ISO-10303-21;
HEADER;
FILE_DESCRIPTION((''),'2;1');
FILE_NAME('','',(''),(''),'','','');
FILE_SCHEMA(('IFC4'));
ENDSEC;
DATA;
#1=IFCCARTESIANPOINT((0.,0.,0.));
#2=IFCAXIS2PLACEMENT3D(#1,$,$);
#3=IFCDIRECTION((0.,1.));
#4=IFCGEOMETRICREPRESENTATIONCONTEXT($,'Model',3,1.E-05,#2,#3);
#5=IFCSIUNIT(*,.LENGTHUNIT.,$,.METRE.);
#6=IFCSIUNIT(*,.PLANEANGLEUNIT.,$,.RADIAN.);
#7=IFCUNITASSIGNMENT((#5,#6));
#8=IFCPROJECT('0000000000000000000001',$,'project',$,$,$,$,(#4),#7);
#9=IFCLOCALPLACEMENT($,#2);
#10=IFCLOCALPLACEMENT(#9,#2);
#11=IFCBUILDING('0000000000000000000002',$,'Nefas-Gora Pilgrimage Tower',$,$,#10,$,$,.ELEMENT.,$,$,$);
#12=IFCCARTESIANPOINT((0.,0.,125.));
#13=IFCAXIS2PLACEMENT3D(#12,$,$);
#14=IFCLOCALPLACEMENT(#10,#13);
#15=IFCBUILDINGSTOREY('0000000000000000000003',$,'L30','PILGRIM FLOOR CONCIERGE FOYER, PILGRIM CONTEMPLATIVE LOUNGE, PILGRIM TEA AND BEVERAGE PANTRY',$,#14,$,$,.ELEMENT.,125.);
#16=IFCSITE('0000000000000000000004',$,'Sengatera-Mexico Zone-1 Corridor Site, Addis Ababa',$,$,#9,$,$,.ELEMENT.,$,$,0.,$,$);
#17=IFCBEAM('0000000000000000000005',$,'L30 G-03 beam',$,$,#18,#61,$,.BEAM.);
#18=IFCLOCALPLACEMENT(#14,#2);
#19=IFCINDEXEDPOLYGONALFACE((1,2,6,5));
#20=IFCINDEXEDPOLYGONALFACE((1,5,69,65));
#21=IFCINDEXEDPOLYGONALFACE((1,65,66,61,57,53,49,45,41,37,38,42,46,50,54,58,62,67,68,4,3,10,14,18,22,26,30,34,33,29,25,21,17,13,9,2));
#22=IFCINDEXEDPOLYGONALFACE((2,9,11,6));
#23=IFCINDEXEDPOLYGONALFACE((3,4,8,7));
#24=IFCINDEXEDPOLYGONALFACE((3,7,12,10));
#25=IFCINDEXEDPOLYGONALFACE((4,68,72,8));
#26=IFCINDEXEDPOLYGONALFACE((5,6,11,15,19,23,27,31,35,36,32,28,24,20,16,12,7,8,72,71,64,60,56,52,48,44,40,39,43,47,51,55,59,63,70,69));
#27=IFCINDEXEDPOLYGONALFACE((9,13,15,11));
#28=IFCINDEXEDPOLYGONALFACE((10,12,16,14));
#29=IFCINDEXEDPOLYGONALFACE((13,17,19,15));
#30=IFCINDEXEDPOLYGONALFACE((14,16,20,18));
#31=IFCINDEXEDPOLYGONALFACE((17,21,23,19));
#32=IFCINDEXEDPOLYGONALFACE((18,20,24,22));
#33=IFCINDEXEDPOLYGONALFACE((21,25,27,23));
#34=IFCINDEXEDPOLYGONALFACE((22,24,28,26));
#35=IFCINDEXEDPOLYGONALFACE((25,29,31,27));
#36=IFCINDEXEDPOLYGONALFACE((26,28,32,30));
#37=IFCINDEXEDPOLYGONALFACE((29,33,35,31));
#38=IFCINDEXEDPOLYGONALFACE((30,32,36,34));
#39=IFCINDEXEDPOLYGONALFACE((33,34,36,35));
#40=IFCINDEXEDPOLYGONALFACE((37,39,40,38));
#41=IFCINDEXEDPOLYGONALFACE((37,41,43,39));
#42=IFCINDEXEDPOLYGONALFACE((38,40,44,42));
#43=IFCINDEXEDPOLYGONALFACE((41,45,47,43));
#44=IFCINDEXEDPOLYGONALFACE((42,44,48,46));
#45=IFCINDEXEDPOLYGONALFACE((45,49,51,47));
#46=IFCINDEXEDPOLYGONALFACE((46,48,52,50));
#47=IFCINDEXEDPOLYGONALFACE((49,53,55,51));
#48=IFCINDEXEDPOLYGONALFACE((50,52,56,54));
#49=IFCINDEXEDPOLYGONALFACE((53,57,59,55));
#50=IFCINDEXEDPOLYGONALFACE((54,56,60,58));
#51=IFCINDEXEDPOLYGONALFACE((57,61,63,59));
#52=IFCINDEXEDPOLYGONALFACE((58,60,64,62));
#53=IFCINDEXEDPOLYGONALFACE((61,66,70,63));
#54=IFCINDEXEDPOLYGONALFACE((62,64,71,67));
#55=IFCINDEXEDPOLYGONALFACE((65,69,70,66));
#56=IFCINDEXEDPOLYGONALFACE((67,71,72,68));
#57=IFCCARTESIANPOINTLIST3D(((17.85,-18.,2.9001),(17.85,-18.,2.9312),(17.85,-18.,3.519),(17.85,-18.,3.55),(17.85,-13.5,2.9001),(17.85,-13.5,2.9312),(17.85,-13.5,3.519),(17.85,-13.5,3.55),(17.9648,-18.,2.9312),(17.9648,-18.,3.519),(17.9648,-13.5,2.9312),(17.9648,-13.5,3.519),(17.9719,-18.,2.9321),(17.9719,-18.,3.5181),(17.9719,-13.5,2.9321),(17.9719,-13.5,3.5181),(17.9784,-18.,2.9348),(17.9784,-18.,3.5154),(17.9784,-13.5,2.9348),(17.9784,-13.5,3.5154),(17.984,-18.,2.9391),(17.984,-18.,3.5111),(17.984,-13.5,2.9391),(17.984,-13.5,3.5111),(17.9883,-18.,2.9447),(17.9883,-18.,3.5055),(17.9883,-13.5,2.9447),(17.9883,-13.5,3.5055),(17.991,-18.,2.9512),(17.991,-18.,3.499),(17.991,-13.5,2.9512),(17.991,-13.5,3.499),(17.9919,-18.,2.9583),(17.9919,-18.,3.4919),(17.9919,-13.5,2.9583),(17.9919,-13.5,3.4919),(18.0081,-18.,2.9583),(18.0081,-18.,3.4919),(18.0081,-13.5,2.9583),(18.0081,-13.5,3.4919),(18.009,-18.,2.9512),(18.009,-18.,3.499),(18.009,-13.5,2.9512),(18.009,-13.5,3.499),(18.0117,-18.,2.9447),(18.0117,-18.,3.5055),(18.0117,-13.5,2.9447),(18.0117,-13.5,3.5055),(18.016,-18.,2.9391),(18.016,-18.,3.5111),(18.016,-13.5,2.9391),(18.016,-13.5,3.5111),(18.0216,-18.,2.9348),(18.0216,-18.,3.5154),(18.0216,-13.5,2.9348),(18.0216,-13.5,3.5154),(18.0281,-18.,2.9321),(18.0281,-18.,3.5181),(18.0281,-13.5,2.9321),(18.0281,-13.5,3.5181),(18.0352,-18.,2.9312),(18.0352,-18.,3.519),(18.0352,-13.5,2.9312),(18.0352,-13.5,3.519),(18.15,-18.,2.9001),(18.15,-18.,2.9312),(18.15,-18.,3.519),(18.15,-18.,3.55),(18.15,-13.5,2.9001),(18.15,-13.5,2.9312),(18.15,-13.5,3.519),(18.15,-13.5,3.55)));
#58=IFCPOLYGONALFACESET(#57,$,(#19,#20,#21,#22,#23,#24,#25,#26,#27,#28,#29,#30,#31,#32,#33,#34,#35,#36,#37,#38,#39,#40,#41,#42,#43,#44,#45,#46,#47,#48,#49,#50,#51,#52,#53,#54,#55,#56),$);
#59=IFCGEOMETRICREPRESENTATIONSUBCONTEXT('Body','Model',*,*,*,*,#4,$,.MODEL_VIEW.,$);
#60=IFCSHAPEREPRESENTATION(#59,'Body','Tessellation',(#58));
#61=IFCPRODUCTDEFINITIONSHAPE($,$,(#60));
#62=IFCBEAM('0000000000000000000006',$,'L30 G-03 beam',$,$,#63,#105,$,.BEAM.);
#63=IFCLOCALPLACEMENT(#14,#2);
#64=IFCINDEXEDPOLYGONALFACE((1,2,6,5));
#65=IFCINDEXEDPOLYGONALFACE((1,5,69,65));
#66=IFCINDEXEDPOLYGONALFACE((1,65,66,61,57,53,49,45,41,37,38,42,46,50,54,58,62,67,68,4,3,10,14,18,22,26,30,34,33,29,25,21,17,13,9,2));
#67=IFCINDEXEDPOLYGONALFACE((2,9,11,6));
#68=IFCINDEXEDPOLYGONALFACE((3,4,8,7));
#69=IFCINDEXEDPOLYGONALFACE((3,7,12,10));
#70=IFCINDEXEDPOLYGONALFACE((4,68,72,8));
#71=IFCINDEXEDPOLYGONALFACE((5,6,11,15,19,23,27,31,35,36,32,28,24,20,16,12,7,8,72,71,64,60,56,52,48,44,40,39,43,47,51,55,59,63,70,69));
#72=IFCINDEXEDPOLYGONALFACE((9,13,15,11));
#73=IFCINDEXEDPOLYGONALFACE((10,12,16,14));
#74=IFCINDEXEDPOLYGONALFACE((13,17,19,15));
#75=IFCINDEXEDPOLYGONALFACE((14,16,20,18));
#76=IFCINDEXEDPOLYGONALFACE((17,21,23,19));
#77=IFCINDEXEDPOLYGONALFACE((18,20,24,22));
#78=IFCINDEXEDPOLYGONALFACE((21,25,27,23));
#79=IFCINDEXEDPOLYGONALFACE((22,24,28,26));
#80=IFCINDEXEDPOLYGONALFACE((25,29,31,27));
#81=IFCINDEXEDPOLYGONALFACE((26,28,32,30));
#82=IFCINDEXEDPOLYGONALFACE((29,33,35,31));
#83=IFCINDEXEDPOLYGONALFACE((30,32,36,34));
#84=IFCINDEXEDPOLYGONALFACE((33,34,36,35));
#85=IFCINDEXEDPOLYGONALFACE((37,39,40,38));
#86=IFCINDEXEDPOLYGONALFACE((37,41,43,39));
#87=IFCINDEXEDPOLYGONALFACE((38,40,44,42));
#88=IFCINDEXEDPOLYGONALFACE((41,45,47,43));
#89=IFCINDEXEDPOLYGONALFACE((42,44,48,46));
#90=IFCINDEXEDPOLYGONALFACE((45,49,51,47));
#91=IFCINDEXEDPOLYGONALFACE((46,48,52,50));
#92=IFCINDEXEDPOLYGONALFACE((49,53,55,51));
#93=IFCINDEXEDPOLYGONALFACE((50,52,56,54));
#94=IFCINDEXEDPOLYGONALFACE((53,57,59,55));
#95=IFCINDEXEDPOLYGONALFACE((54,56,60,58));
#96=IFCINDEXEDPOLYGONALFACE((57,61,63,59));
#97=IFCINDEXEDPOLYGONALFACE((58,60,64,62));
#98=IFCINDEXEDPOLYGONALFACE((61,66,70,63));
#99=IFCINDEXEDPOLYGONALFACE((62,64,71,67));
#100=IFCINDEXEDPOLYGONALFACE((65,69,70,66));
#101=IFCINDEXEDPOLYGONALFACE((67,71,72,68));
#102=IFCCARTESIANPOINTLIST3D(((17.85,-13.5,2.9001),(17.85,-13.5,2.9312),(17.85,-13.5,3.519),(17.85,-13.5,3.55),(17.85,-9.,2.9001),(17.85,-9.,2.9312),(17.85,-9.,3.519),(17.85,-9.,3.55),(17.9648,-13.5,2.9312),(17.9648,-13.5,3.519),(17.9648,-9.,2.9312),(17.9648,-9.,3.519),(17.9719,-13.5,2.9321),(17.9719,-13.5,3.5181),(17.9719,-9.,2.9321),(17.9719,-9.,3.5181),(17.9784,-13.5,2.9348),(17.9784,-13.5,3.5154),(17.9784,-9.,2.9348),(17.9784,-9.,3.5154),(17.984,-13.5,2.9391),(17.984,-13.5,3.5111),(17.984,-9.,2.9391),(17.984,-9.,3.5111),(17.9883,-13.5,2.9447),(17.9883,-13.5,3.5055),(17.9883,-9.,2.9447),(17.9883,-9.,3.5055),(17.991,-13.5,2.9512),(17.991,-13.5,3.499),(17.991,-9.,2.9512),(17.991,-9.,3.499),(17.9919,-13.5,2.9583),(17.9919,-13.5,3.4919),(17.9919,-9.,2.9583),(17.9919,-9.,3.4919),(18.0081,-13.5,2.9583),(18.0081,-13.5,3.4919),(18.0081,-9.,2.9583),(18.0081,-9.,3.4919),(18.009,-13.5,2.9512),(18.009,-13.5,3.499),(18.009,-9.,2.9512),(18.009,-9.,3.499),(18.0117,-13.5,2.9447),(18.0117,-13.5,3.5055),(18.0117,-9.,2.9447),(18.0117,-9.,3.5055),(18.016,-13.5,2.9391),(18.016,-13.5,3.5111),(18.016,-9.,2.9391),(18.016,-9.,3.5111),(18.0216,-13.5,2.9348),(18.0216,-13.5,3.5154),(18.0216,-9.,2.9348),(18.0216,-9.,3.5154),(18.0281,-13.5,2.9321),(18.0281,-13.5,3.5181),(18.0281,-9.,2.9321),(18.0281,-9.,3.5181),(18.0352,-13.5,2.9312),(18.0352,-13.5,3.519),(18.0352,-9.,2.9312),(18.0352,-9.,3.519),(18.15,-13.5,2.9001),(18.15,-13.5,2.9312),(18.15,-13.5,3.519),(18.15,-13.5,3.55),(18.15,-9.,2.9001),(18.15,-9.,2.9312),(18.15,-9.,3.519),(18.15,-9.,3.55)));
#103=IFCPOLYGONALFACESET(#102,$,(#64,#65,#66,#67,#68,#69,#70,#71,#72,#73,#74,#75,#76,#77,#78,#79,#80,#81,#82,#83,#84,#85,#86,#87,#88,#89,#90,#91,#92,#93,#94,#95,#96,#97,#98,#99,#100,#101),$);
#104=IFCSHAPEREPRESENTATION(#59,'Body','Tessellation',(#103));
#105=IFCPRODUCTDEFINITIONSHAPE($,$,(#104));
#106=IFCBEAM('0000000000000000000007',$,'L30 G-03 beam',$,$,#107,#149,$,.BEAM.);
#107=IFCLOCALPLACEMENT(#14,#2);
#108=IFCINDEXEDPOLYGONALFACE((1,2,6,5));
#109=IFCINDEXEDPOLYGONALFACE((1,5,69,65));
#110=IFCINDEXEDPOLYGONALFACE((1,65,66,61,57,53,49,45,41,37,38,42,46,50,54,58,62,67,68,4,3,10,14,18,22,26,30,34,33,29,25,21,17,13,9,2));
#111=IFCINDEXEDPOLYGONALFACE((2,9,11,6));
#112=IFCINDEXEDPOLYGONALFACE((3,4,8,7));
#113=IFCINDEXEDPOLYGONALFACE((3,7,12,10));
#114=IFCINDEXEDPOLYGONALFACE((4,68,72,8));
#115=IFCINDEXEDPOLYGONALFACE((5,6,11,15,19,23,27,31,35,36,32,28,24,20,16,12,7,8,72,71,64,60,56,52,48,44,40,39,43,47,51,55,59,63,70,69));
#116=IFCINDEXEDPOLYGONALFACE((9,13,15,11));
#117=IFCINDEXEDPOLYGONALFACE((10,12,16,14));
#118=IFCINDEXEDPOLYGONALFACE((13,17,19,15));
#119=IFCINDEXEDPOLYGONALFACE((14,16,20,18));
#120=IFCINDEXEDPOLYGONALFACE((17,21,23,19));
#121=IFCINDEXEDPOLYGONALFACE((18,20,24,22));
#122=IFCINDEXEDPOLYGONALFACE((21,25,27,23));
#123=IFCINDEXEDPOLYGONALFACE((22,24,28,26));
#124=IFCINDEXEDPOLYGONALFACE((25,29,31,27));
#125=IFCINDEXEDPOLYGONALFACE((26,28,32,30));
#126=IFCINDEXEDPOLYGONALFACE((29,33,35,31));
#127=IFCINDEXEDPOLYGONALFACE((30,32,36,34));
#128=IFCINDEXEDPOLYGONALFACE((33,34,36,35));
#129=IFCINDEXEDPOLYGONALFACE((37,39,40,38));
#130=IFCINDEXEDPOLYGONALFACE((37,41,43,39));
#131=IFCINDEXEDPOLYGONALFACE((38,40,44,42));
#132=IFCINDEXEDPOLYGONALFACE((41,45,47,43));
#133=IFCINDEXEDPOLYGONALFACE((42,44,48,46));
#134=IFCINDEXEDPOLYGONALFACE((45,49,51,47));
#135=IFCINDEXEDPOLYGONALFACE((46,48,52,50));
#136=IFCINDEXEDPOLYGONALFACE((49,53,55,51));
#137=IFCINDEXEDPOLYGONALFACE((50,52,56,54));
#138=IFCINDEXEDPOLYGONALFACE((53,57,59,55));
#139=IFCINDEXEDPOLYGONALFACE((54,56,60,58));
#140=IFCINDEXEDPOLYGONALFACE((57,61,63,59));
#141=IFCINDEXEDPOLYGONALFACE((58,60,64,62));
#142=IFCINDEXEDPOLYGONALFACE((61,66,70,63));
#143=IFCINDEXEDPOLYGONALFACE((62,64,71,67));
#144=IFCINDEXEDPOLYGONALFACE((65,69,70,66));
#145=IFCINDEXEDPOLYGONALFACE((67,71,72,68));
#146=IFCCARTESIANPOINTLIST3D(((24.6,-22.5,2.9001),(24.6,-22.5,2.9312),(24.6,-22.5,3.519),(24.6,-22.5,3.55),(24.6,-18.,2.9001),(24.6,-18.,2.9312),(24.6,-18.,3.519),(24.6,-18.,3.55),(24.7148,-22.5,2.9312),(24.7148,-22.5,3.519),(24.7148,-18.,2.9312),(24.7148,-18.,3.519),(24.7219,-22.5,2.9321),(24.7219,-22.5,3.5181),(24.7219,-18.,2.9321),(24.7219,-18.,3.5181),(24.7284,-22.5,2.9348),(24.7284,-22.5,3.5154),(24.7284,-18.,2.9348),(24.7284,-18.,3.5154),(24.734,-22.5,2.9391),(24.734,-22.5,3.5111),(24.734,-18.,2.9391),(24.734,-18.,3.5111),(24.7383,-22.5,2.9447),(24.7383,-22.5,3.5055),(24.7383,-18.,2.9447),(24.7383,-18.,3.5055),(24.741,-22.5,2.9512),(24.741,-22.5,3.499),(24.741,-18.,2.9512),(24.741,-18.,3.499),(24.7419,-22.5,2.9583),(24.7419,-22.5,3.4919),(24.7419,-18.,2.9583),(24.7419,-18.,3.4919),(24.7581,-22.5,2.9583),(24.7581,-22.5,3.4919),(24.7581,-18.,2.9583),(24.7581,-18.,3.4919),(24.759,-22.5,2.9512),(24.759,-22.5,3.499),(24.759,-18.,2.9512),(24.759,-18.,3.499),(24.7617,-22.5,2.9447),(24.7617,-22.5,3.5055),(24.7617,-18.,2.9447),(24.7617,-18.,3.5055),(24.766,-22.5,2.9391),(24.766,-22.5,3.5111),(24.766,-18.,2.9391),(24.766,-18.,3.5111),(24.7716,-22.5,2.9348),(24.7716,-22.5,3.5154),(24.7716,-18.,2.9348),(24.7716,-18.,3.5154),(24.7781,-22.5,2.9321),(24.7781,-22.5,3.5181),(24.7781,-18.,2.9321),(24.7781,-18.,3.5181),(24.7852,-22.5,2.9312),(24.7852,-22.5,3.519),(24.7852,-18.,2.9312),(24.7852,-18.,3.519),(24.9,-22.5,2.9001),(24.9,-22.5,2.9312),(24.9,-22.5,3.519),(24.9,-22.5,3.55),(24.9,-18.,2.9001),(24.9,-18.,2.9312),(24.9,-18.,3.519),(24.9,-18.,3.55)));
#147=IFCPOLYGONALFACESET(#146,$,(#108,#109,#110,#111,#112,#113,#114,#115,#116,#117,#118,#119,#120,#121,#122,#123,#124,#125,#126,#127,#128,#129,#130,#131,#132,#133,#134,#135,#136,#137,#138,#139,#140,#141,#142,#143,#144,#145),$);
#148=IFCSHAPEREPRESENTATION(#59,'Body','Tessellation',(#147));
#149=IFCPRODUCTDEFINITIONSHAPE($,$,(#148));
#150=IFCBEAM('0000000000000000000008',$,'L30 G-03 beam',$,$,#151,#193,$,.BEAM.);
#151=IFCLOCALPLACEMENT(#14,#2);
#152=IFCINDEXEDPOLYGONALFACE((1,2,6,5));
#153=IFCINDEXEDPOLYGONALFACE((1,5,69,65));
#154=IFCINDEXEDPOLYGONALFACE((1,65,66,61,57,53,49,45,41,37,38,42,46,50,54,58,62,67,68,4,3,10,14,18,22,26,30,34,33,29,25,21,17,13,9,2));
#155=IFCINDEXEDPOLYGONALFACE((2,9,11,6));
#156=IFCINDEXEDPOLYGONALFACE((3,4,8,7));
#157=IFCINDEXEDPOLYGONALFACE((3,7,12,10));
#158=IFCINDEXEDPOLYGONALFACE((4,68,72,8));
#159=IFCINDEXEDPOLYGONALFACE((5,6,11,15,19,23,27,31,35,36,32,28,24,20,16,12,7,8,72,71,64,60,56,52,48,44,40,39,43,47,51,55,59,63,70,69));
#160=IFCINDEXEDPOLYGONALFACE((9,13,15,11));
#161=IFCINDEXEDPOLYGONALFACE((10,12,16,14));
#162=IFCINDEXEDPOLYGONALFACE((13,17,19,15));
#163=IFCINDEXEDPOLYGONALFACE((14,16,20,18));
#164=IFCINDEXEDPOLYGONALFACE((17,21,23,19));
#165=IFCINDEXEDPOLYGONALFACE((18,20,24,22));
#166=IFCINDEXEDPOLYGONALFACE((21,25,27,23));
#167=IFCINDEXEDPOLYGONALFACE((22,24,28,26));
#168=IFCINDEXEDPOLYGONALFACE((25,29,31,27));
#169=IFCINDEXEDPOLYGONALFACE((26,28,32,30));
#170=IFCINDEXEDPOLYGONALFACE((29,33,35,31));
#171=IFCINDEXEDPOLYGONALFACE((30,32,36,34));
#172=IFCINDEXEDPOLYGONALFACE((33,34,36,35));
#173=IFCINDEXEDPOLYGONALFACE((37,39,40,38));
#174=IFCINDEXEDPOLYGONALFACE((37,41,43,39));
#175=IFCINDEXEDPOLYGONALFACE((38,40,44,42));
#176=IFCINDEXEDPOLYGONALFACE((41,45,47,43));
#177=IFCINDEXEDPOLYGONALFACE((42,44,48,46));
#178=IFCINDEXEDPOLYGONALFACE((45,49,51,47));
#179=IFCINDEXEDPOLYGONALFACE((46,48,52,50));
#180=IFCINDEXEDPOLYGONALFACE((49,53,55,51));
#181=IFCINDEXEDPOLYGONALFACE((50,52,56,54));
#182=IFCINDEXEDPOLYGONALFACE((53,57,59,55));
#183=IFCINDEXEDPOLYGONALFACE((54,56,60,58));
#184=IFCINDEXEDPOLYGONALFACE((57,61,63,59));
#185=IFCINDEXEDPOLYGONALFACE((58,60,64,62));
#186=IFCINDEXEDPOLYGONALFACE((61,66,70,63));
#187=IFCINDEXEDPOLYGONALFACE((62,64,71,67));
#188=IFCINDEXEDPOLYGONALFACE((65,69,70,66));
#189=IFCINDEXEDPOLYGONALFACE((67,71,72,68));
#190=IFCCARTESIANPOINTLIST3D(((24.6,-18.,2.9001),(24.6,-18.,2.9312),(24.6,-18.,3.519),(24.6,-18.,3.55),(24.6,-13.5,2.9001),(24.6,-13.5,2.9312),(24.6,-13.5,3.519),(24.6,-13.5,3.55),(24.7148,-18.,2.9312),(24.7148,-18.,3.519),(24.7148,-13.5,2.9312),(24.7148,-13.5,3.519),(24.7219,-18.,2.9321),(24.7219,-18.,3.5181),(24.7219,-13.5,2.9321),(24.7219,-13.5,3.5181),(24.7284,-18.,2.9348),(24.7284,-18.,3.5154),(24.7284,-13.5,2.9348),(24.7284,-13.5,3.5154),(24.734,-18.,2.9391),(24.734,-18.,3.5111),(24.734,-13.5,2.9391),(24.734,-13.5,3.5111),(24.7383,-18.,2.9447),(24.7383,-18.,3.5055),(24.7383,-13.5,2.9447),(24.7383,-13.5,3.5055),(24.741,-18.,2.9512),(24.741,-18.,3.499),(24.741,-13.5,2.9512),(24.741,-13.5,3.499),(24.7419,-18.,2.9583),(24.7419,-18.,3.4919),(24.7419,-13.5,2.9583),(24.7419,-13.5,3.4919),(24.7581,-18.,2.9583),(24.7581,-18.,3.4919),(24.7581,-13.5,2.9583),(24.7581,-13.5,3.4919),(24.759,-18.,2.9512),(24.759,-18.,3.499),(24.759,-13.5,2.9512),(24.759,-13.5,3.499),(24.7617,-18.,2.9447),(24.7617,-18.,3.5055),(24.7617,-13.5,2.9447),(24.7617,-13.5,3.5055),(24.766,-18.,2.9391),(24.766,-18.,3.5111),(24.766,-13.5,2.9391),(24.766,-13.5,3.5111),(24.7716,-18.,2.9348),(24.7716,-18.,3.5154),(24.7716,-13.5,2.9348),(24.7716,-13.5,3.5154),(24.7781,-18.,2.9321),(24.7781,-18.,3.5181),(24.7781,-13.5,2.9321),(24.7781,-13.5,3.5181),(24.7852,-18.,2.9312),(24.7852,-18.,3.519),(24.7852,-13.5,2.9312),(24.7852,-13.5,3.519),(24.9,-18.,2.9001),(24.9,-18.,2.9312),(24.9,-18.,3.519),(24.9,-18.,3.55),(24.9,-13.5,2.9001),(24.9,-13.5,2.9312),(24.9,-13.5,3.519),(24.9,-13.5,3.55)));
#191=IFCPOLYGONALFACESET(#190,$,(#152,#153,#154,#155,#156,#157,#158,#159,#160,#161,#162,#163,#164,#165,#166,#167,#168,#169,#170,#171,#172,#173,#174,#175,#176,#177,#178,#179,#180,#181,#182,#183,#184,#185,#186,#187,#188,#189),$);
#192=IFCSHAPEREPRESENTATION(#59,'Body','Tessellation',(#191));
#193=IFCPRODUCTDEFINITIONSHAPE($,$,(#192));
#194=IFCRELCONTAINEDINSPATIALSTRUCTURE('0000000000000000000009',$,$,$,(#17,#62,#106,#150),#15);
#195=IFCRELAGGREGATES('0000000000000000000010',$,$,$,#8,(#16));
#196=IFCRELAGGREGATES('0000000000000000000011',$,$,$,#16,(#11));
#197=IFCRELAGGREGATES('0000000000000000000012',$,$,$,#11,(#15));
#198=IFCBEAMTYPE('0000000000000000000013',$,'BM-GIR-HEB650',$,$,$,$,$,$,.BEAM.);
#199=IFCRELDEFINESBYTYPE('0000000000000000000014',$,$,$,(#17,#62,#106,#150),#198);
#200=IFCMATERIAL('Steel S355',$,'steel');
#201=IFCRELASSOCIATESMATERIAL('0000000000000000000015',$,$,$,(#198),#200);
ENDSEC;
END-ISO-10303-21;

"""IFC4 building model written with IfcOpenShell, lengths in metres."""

from ifc_helpers import new_model, si_unit, direction, frame, origin, origin_2d, place, context, subcontext, project, spatial, i_section, extrude, source, transform, mapped, material, material_profile, profile_set, type_object, element, save


model = new_model("IFC4")

# Units and contexts
model_context = context("Model", 3, precision=1e-05, world=origin(), true_north=direction((0.0, 1.0)))
body_context = subcontext(model_context, "Body", "Model", "MODEL_VIEW")
ifc_project = project(units=[si_unit("LENGTHUNIT", "METRE"), si_unit("PLANEANGLEUNIT", "RADIAN")], contexts=[model_context])

# Site, building, storey
site_placement = place(None, origin())
site = spatial("IfcSite", under=ifc_project, at=site_placement, Name="Sengatera-Mexico Zone-1 Corridor Site, Addis Ababa", CompositionType="ELEMENT", RefElevation=0.0)
building_placement = place(site_placement, origin())
building = spatial("IfcBuilding", under=site, at=building_placement, Name="Nefas-Gora Pilgrimage Tower", CompositionType="ELEMENT")
storey_placement = place(building_placement, frame((0.0, 0.0, 125.0)))
storey = spatial("IfcBuildingStorey", under=building, at=storey_placement, Name="L30", Description="PILGRIM FLOOR CONCIERGE FOYER, PILGRIM CONTEMPLATIVE LOUNGE, PILGRIM TEA AND BEVERAGE PANTRY", CompositionType="ELEMENT", Elevation=125.0)

# Beams
ifc_material_1 = material(Name="Steel S355", Category="steel")
ifc_material_profile_1 = material_profile(ifc_material_1, i_section(OverallWidth=0.3, OverallDepth=0.6499, WebThickness=0.0161, FlangeThickness=0.031, FilletRadius=0.0271, at=origin_2d()), Name="HEB 650")
ifc_profile_set_1 = profile_set([ifc_material_profile_1], Name="Steel S355")
beam_type_1 = type_object("IfcBeamType", Name="BM-GIR-HEB650", PredefinedType="BEAM", material=ifc_profile_set_1)
shared_shape_1 = source(origin(), body_context, "Body", "SweptSolid", [
    extrude(i_section(OverallWidth=0.3, OverallDepth=0.6499, WebThickness=0.0161, FlangeThickness=0.031, FilletRadius=0.0271, at=origin_2d()), origin(), (0.0, 0.0, 1.0), 4.5),
])
for number, where, z_axis, x_axis, name in (
    (1, (18.0, -18.0, 3.2251), (0.0, 1.0, 0.0), (-1.0, 0.0, 0.0), "L30 G-03 beam"),
    (2, (18.0, -13.5, 3.2251), (0.0, 1.0, 0.0), (-1.0, 0.0, 0.0), "L30 G-03 beam"),
    (3, (24.75, -22.5, 3.2251), (0.0, 1.0, 0.0), (-1.0, 0.0, 0.0), "L30 G-03 beam"),
    (4, (24.75, -18.0, 3.2251), (0.0, 1.0, 0.0), (-1.0, 0.0, 0.0), "L30 G-03 beam"),
):
    element("IfcBeam", number, at=place(storey_placement, frame(where, z_axis=z_axis, x_axis=x_axis)), inside=storey, type_object=beam_type_1, Name=name, PredefinedType="BEAM", context=body_context, shape_type="MappedRepresentation", body=[
        mapped(shared_shape_1, transform((0.0, 0.0, 0.0), x_axis=(1.0, 0.0, 0.0), y_axis=(0.0, 1.0, 0.0), z_axis=(0.0, 0.0, 1.0), scale=1.0)),
    ])

save(model, "model.ifc")
